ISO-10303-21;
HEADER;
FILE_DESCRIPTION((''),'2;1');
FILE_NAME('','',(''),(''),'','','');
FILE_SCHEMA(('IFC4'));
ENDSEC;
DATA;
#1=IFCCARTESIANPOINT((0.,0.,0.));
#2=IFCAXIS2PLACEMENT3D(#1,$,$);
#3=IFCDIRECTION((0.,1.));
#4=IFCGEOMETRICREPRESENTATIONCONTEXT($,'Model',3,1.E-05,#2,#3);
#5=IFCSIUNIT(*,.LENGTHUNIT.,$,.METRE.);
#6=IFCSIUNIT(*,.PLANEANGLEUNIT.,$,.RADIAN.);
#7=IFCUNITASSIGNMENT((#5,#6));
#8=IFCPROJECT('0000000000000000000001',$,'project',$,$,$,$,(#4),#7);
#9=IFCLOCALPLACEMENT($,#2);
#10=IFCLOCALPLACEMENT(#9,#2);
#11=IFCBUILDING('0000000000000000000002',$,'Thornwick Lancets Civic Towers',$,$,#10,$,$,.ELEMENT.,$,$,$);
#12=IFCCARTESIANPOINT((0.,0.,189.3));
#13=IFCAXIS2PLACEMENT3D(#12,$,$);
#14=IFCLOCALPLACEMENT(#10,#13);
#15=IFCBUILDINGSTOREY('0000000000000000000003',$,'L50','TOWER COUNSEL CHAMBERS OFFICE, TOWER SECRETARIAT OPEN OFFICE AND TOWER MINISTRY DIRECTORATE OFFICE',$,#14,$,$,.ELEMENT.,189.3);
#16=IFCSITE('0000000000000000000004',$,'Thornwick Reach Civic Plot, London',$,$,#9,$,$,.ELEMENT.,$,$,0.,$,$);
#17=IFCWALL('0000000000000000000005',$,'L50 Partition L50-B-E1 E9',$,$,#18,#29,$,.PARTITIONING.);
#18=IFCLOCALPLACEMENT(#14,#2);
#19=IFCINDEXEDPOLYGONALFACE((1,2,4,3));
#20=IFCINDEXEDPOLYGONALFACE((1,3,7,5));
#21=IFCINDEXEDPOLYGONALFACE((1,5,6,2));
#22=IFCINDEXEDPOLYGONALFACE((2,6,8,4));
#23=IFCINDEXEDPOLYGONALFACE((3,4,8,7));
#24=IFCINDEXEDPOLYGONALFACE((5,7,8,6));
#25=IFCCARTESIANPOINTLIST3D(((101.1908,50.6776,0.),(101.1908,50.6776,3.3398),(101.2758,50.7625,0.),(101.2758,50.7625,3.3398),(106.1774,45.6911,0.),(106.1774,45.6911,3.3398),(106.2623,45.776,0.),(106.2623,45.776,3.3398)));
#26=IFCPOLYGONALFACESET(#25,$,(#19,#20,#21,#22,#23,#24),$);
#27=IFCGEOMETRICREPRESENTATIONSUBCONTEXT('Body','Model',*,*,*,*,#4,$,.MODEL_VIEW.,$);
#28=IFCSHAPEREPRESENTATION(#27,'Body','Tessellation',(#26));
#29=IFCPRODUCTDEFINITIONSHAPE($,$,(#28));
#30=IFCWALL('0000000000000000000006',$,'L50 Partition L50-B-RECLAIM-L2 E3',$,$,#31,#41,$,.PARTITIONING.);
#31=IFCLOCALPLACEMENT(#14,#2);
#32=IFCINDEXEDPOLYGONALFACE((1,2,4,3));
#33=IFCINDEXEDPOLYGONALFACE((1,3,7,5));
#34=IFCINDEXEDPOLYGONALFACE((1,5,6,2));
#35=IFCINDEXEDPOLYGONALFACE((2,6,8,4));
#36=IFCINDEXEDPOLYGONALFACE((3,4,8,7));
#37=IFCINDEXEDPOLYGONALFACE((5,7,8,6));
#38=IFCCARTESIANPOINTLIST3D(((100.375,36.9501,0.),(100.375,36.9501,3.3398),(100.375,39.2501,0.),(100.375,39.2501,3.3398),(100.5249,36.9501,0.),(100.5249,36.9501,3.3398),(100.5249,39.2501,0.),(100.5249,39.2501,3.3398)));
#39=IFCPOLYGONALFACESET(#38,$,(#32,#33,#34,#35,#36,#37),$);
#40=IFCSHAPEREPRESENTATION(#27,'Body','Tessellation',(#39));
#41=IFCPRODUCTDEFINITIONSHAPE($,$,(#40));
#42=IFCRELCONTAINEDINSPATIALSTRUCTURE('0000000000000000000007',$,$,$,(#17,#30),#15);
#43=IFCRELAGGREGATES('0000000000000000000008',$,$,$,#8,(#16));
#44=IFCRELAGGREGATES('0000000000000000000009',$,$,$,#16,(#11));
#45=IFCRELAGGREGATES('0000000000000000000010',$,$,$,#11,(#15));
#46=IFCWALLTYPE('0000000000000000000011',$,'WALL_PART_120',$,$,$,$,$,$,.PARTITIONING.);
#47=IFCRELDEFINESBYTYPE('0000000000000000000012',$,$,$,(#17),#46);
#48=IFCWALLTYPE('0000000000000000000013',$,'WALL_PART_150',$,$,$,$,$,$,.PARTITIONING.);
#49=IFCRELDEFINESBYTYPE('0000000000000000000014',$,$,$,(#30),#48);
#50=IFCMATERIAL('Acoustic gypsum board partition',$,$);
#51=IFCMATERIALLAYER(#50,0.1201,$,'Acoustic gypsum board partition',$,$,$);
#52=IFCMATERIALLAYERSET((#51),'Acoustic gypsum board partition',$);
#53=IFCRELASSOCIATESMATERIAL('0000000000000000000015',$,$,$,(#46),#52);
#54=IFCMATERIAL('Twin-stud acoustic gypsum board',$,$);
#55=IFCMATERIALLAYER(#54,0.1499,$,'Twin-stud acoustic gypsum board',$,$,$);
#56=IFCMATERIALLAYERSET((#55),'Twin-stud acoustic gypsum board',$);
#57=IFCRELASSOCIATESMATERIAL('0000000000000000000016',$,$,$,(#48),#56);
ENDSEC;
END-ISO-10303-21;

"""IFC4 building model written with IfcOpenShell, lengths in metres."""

from ifc_helpers import new_model, si_unit, direction, frame, frame_2d, origin, place, context, subcontext, project, spatial, rectangle, extrude, material, layer, layer_set, type_object, element, save


model = new_model("IFC4")

# Units and contexts
model_context = context("Model", 3, precision=1e-05, world=origin(), true_north=direction((0.0, 1.0)))
body_context = subcontext(model_context, "Body", "Model", "MODEL_VIEW")
ifc_project = project(units=[si_unit("LENGTHUNIT", "METRE"), si_unit("PLANEANGLEUNIT", "RADIAN")], contexts=[model_context])

# Site, building, storey
site_placement = place(None, origin())
site = spatial("IfcSite", under=ifc_project, at=site_placement, Name="Thornwick Reach Civic Plot, London", CompositionType="ELEMENT", RefElevation=0.0)
building_placement = place(site_placement, origin())
building = spatial("IfcBuilding", under=site, at=building_placement, Name="Thornwick Lancets Civic Towers", CompositionType="ELEMENT")
storey_placement = place(building_placement, frame((0.0, 0.0, 189.3)))
storey = spatial("IfcBuildingStorey", under=building, at=storey_placement, Name="L50", Description="TOWER COUNSEL CHAMBERS OFFICE, TOWER SECRETARIAT OPEN OFFICE AND TOWER MINISTRY DIRECTORATE OFFICE", CompositionType="ELEMENT", Elevation=189.3)

# Walls
ifc_material_1 = material(Name="Acoustic gypsum board partition")
ifc_layer_1 = layer(ifc_material_1, 0.1201, Name="Acoustic gypsum board partition")
ifc_layer_set_1 = layer_set([ifc_layer_1], Name="Acoustic gypsum board partition")
wall_type_1 = type_object("IfcWallType", Name="WALL_PART_120", PredefinedType="PARTITIONING", material=ifc_layer_set_1)
wall_1_placement = place(storey_placement, frame((101.2334, 50.72, 0.0), z_axis=(0.0, 0.0, 1.0), x_axis=(0.707107, -0.707107, 0.0)))
element("IfcWall", 1, at=wall_1_placement, inside=storey, type_object=wall_type_1, Name="L50 Partition L50-B-E1 E9", PredefinedType="PARTITIONING", context=body_context, shape_type="SweptSolid", body=[
    extrude(rectangle(XDim=7.052, YDim=0.1201, at=frame_2d((3.5259, 0.0))), origin(), (0.0, 0.0, 1.0), 3.3398),
])
ifc_material_2 = material(Name="Twin-stud acoustic gypsum board")
ifc_layer_2 = layer(ifc_material_2, 0.1499, Name="Twin-stud acoustic gypsum board")
ifc_layer_set_2 = layer_set([ifc_layer_2], Name="Twin-stud acoustic gypsum board")
wall_type_2 = type_object("IfcWallType", Name="WALL_PART_150", PredefinedType="PARTITIONING", material=ifc_layer_set_2)
wall_2_placement = place(storey_placement, frame((100.45, 39.25, 0.0), z_axis=(0.0, 0.0, 1.0), x_axis=(0.0, -1.0, 0.0)))
element("IfcWall", 2, at=wall_2_placement, inside=storey, type_object=wall_type_2, Name="L50 Partition L50-B-RECLAIM-L2 E3", PredefinedType="PARTITIONING", context=body_context, shape_type="SweptSolid", body=[
    extrude(rectangle(XDim=2.3, YDim=0.1499, at=frame_2d((1.1499, 0.0))), origin(), (0.0, 0.0, 1.0), 3.3398),
])

save(model, "model.ifc")
